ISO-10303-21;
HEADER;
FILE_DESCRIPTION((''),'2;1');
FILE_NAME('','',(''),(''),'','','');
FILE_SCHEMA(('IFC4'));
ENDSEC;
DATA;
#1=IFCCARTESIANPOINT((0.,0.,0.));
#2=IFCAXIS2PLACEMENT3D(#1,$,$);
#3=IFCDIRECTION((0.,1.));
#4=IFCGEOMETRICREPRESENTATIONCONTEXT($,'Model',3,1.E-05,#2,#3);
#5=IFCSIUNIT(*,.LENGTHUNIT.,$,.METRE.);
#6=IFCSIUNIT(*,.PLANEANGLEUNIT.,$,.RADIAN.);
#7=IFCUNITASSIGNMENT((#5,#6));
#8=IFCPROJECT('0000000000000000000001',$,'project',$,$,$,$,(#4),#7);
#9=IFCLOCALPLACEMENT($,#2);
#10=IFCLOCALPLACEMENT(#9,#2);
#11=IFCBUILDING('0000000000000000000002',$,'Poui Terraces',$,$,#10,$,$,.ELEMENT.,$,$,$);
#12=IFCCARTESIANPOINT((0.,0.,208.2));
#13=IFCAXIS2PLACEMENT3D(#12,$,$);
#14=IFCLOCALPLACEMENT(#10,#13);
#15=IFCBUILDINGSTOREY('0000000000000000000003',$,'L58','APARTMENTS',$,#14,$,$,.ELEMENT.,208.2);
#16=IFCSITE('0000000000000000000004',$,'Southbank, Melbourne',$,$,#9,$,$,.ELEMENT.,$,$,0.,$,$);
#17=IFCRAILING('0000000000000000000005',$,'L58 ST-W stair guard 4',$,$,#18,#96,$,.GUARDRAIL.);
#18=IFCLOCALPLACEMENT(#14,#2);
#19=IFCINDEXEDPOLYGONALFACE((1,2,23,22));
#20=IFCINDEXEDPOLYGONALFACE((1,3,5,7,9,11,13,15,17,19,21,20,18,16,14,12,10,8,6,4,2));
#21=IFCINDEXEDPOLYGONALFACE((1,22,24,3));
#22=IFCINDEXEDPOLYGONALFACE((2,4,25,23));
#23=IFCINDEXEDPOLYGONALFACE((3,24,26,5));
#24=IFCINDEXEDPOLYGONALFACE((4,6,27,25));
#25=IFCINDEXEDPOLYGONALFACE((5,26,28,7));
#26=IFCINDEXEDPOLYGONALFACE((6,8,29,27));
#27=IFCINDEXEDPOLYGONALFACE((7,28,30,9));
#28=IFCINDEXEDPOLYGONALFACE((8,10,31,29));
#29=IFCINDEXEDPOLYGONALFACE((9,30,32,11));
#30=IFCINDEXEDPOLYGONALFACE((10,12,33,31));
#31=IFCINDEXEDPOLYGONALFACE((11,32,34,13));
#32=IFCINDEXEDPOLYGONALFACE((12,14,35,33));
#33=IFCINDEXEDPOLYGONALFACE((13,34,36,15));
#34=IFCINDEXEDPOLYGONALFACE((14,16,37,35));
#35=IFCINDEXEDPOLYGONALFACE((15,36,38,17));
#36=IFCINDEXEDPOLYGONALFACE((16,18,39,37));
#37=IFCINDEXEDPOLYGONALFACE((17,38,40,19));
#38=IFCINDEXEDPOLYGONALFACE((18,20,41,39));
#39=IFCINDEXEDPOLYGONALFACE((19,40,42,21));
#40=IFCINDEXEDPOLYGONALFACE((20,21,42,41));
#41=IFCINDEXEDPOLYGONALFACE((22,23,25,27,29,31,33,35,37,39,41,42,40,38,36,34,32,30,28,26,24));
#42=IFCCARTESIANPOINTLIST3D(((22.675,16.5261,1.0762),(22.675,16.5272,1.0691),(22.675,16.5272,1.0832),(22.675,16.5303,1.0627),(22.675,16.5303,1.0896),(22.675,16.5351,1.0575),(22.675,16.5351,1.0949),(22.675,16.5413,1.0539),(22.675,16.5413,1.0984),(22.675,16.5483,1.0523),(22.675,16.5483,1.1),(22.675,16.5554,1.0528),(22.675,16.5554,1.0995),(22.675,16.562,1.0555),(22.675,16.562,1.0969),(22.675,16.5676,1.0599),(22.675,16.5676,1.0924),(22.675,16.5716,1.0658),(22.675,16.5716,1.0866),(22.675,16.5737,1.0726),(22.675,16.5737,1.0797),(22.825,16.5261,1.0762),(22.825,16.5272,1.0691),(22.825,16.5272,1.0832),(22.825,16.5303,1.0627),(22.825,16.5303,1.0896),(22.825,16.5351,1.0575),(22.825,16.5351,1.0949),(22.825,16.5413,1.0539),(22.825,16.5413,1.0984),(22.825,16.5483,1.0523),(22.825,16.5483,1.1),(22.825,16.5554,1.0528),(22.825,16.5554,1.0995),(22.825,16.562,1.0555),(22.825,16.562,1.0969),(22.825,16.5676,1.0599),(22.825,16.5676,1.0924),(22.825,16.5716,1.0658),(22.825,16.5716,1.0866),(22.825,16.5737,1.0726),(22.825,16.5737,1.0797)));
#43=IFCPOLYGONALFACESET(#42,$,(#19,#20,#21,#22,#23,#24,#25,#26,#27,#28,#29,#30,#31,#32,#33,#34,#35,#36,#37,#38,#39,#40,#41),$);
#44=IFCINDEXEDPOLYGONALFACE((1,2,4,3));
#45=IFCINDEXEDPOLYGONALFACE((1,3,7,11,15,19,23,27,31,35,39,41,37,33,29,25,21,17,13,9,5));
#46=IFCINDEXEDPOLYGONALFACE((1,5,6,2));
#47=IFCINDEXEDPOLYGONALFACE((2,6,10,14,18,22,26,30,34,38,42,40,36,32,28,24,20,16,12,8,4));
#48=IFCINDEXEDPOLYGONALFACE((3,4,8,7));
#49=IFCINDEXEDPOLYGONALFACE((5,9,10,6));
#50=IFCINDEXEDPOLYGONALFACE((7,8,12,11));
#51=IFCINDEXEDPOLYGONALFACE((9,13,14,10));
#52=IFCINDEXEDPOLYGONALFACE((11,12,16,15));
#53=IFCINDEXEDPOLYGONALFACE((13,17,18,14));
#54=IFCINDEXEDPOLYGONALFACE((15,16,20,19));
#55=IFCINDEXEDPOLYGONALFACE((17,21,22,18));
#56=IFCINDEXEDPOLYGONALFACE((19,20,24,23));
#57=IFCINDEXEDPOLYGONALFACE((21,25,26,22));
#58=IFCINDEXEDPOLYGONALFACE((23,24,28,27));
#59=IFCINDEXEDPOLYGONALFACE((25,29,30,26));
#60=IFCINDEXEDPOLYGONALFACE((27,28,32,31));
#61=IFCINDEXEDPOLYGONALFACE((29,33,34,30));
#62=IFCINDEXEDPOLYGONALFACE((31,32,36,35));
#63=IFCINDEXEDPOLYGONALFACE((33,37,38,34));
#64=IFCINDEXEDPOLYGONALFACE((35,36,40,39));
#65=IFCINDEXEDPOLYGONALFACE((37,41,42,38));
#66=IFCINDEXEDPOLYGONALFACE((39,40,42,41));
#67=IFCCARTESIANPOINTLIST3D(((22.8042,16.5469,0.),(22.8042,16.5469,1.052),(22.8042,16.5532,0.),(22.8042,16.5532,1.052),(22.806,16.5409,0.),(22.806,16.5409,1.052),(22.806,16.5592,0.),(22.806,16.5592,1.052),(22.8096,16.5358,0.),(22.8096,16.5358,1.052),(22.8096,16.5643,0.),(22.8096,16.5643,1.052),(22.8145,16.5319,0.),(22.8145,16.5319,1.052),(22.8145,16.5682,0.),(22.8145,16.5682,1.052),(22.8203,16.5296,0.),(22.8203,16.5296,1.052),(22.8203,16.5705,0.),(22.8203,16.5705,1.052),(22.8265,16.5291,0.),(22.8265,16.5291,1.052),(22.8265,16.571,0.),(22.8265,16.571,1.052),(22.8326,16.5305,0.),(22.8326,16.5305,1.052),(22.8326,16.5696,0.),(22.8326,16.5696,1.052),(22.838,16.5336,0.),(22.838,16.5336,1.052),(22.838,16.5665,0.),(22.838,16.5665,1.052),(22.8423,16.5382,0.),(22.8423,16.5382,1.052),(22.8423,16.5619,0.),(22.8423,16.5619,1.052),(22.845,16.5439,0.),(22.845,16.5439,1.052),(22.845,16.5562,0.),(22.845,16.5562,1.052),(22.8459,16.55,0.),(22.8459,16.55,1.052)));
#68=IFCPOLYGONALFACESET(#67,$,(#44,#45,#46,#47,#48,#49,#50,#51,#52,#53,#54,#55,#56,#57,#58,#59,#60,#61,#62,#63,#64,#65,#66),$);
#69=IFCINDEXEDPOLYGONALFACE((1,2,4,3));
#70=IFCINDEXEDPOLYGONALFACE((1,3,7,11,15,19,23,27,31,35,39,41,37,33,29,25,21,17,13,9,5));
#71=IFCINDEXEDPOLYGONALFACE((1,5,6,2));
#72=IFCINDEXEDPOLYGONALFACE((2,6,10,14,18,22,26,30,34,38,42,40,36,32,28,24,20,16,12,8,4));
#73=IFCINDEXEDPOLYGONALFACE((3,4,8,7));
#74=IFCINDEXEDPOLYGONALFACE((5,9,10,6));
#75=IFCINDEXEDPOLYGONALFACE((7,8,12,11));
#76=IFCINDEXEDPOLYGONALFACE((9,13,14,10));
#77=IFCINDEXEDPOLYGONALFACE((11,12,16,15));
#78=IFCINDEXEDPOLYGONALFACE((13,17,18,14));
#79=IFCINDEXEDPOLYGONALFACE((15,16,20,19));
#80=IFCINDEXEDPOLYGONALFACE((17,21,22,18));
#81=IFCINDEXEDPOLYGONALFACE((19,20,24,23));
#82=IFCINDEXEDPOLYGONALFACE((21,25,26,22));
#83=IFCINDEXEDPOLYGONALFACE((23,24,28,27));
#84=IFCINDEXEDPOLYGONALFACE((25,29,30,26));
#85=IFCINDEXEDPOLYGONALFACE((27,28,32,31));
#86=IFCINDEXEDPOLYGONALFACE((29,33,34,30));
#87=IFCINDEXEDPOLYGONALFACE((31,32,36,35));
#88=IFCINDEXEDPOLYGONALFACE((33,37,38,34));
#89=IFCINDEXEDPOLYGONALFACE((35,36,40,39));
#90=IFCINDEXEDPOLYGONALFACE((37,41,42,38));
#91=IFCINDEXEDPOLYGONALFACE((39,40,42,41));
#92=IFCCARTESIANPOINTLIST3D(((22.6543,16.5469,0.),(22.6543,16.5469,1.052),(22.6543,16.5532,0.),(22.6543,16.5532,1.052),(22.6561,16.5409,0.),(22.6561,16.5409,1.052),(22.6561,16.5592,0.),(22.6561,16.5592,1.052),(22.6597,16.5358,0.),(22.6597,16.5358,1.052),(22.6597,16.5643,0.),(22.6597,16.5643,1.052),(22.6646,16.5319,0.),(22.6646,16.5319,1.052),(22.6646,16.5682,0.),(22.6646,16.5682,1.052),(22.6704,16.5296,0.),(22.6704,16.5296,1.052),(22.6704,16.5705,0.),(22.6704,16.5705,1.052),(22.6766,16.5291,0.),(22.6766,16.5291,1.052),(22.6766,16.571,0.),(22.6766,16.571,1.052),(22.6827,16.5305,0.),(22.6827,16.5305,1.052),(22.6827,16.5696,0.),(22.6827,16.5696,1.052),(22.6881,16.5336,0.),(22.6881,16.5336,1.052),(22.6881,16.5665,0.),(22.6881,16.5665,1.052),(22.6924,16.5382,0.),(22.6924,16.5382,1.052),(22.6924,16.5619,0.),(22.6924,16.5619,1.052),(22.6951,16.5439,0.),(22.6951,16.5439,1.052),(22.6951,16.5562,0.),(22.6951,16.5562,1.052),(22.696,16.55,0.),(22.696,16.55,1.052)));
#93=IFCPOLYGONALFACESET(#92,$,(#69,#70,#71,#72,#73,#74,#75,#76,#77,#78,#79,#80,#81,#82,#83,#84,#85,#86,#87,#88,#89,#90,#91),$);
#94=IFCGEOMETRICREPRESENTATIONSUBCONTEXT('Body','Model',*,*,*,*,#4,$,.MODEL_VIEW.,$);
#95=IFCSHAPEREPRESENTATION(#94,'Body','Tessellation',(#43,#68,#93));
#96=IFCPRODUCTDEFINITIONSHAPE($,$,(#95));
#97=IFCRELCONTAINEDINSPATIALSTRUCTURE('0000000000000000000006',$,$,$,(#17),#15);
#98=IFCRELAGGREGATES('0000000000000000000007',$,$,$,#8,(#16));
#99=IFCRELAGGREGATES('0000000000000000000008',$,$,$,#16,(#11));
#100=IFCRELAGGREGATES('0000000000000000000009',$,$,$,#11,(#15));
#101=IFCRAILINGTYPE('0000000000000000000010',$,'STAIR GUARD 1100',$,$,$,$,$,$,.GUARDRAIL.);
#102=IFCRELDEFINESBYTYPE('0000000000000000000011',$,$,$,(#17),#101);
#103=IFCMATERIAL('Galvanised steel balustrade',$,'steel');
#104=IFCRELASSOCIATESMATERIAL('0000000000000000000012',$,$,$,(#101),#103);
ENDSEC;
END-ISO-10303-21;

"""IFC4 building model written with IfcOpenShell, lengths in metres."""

from ifc_helpers import new_model, si_unit, direction, frame, origin, origin_2d, place, context, subcontext, project, spatial, circle, extrude, material, type_object, element, save


model = new_model("IFC4")

# Units and contexts
model_context = context("Model", 3, precision=1e-05, world=origin(), true_north=direction((0.0, 1.0)))
body_context = subcontext(model_context, "Body", "Model", "MODEL_VIEW")
ifc_project = project(units=[si_unit("LENGTHUNIT", "METRE"), si_unit("PLANEANGLEUNIT", "RADIAN")], contexts=[model_context])

# Site, building, storey
site_placement = place(None, origin())
site = spatial("IfcSite", under=ifc_project, at=site_placement, Name="Southbank, Melbourne", CompositionType="ELEMENT", RefElevation=0.0)
building_placement = place(site_placement, origin())
building = spatial("IfcBuilding", under=site, at=building_placement, Name="Poui Terraces", CompositionType="ELEMENT")
storey_placement = place(building_placement, frame((0.0, 0.0, 208.2)))
storey = spatial("IfcBuildingStorey", under=building, at=storey_placement, Name="L58", Description="APARTMENTS", CompositionType="ELEMENT", Elevation=208.2)

# Railing
ifc_material_1 = material(Name="Galvanised steel balustrade", Category="steel")
railing_type_1 = type_object("IfcRailingType", Name="STAIR GUARD 1100", PredefinedType="GUARDRAIL", material=ifc_material_1)
railing_1_placement = place(storey_placement, frame((22.825, 16.55, 0.0)))
element("IfcRailing", 1, at=railing_1_placement, inside=storey, type_object=railing_type_1, Name="L58 ST-W stair guard 4", PredefinedType="GUARDRAIL", context=body_context, shape_type="SweptSolid", body=[
    extrude(circle(Radius=0.0239, at=origin_2d()), frame((0.0, 0.0, 1.0762), z_axis=(-1.0, 0.0, 0.0), x_axis=(0.0, -1.0, 0.0)), (0.0, 0.0, 1.0), 0.1499),
    extrude(circle(Radius=0.021, at=origin_2d()), origin(), (0.0, 0.0, 1.0), 1.052),
    extrude(circle(Radius=0.021, at=origin_2d()), frame((-0.1499, 0.0, 0.0)), (0.0, 0.0, 1.0), 1.052),
])

save(model, "model.ifc")
